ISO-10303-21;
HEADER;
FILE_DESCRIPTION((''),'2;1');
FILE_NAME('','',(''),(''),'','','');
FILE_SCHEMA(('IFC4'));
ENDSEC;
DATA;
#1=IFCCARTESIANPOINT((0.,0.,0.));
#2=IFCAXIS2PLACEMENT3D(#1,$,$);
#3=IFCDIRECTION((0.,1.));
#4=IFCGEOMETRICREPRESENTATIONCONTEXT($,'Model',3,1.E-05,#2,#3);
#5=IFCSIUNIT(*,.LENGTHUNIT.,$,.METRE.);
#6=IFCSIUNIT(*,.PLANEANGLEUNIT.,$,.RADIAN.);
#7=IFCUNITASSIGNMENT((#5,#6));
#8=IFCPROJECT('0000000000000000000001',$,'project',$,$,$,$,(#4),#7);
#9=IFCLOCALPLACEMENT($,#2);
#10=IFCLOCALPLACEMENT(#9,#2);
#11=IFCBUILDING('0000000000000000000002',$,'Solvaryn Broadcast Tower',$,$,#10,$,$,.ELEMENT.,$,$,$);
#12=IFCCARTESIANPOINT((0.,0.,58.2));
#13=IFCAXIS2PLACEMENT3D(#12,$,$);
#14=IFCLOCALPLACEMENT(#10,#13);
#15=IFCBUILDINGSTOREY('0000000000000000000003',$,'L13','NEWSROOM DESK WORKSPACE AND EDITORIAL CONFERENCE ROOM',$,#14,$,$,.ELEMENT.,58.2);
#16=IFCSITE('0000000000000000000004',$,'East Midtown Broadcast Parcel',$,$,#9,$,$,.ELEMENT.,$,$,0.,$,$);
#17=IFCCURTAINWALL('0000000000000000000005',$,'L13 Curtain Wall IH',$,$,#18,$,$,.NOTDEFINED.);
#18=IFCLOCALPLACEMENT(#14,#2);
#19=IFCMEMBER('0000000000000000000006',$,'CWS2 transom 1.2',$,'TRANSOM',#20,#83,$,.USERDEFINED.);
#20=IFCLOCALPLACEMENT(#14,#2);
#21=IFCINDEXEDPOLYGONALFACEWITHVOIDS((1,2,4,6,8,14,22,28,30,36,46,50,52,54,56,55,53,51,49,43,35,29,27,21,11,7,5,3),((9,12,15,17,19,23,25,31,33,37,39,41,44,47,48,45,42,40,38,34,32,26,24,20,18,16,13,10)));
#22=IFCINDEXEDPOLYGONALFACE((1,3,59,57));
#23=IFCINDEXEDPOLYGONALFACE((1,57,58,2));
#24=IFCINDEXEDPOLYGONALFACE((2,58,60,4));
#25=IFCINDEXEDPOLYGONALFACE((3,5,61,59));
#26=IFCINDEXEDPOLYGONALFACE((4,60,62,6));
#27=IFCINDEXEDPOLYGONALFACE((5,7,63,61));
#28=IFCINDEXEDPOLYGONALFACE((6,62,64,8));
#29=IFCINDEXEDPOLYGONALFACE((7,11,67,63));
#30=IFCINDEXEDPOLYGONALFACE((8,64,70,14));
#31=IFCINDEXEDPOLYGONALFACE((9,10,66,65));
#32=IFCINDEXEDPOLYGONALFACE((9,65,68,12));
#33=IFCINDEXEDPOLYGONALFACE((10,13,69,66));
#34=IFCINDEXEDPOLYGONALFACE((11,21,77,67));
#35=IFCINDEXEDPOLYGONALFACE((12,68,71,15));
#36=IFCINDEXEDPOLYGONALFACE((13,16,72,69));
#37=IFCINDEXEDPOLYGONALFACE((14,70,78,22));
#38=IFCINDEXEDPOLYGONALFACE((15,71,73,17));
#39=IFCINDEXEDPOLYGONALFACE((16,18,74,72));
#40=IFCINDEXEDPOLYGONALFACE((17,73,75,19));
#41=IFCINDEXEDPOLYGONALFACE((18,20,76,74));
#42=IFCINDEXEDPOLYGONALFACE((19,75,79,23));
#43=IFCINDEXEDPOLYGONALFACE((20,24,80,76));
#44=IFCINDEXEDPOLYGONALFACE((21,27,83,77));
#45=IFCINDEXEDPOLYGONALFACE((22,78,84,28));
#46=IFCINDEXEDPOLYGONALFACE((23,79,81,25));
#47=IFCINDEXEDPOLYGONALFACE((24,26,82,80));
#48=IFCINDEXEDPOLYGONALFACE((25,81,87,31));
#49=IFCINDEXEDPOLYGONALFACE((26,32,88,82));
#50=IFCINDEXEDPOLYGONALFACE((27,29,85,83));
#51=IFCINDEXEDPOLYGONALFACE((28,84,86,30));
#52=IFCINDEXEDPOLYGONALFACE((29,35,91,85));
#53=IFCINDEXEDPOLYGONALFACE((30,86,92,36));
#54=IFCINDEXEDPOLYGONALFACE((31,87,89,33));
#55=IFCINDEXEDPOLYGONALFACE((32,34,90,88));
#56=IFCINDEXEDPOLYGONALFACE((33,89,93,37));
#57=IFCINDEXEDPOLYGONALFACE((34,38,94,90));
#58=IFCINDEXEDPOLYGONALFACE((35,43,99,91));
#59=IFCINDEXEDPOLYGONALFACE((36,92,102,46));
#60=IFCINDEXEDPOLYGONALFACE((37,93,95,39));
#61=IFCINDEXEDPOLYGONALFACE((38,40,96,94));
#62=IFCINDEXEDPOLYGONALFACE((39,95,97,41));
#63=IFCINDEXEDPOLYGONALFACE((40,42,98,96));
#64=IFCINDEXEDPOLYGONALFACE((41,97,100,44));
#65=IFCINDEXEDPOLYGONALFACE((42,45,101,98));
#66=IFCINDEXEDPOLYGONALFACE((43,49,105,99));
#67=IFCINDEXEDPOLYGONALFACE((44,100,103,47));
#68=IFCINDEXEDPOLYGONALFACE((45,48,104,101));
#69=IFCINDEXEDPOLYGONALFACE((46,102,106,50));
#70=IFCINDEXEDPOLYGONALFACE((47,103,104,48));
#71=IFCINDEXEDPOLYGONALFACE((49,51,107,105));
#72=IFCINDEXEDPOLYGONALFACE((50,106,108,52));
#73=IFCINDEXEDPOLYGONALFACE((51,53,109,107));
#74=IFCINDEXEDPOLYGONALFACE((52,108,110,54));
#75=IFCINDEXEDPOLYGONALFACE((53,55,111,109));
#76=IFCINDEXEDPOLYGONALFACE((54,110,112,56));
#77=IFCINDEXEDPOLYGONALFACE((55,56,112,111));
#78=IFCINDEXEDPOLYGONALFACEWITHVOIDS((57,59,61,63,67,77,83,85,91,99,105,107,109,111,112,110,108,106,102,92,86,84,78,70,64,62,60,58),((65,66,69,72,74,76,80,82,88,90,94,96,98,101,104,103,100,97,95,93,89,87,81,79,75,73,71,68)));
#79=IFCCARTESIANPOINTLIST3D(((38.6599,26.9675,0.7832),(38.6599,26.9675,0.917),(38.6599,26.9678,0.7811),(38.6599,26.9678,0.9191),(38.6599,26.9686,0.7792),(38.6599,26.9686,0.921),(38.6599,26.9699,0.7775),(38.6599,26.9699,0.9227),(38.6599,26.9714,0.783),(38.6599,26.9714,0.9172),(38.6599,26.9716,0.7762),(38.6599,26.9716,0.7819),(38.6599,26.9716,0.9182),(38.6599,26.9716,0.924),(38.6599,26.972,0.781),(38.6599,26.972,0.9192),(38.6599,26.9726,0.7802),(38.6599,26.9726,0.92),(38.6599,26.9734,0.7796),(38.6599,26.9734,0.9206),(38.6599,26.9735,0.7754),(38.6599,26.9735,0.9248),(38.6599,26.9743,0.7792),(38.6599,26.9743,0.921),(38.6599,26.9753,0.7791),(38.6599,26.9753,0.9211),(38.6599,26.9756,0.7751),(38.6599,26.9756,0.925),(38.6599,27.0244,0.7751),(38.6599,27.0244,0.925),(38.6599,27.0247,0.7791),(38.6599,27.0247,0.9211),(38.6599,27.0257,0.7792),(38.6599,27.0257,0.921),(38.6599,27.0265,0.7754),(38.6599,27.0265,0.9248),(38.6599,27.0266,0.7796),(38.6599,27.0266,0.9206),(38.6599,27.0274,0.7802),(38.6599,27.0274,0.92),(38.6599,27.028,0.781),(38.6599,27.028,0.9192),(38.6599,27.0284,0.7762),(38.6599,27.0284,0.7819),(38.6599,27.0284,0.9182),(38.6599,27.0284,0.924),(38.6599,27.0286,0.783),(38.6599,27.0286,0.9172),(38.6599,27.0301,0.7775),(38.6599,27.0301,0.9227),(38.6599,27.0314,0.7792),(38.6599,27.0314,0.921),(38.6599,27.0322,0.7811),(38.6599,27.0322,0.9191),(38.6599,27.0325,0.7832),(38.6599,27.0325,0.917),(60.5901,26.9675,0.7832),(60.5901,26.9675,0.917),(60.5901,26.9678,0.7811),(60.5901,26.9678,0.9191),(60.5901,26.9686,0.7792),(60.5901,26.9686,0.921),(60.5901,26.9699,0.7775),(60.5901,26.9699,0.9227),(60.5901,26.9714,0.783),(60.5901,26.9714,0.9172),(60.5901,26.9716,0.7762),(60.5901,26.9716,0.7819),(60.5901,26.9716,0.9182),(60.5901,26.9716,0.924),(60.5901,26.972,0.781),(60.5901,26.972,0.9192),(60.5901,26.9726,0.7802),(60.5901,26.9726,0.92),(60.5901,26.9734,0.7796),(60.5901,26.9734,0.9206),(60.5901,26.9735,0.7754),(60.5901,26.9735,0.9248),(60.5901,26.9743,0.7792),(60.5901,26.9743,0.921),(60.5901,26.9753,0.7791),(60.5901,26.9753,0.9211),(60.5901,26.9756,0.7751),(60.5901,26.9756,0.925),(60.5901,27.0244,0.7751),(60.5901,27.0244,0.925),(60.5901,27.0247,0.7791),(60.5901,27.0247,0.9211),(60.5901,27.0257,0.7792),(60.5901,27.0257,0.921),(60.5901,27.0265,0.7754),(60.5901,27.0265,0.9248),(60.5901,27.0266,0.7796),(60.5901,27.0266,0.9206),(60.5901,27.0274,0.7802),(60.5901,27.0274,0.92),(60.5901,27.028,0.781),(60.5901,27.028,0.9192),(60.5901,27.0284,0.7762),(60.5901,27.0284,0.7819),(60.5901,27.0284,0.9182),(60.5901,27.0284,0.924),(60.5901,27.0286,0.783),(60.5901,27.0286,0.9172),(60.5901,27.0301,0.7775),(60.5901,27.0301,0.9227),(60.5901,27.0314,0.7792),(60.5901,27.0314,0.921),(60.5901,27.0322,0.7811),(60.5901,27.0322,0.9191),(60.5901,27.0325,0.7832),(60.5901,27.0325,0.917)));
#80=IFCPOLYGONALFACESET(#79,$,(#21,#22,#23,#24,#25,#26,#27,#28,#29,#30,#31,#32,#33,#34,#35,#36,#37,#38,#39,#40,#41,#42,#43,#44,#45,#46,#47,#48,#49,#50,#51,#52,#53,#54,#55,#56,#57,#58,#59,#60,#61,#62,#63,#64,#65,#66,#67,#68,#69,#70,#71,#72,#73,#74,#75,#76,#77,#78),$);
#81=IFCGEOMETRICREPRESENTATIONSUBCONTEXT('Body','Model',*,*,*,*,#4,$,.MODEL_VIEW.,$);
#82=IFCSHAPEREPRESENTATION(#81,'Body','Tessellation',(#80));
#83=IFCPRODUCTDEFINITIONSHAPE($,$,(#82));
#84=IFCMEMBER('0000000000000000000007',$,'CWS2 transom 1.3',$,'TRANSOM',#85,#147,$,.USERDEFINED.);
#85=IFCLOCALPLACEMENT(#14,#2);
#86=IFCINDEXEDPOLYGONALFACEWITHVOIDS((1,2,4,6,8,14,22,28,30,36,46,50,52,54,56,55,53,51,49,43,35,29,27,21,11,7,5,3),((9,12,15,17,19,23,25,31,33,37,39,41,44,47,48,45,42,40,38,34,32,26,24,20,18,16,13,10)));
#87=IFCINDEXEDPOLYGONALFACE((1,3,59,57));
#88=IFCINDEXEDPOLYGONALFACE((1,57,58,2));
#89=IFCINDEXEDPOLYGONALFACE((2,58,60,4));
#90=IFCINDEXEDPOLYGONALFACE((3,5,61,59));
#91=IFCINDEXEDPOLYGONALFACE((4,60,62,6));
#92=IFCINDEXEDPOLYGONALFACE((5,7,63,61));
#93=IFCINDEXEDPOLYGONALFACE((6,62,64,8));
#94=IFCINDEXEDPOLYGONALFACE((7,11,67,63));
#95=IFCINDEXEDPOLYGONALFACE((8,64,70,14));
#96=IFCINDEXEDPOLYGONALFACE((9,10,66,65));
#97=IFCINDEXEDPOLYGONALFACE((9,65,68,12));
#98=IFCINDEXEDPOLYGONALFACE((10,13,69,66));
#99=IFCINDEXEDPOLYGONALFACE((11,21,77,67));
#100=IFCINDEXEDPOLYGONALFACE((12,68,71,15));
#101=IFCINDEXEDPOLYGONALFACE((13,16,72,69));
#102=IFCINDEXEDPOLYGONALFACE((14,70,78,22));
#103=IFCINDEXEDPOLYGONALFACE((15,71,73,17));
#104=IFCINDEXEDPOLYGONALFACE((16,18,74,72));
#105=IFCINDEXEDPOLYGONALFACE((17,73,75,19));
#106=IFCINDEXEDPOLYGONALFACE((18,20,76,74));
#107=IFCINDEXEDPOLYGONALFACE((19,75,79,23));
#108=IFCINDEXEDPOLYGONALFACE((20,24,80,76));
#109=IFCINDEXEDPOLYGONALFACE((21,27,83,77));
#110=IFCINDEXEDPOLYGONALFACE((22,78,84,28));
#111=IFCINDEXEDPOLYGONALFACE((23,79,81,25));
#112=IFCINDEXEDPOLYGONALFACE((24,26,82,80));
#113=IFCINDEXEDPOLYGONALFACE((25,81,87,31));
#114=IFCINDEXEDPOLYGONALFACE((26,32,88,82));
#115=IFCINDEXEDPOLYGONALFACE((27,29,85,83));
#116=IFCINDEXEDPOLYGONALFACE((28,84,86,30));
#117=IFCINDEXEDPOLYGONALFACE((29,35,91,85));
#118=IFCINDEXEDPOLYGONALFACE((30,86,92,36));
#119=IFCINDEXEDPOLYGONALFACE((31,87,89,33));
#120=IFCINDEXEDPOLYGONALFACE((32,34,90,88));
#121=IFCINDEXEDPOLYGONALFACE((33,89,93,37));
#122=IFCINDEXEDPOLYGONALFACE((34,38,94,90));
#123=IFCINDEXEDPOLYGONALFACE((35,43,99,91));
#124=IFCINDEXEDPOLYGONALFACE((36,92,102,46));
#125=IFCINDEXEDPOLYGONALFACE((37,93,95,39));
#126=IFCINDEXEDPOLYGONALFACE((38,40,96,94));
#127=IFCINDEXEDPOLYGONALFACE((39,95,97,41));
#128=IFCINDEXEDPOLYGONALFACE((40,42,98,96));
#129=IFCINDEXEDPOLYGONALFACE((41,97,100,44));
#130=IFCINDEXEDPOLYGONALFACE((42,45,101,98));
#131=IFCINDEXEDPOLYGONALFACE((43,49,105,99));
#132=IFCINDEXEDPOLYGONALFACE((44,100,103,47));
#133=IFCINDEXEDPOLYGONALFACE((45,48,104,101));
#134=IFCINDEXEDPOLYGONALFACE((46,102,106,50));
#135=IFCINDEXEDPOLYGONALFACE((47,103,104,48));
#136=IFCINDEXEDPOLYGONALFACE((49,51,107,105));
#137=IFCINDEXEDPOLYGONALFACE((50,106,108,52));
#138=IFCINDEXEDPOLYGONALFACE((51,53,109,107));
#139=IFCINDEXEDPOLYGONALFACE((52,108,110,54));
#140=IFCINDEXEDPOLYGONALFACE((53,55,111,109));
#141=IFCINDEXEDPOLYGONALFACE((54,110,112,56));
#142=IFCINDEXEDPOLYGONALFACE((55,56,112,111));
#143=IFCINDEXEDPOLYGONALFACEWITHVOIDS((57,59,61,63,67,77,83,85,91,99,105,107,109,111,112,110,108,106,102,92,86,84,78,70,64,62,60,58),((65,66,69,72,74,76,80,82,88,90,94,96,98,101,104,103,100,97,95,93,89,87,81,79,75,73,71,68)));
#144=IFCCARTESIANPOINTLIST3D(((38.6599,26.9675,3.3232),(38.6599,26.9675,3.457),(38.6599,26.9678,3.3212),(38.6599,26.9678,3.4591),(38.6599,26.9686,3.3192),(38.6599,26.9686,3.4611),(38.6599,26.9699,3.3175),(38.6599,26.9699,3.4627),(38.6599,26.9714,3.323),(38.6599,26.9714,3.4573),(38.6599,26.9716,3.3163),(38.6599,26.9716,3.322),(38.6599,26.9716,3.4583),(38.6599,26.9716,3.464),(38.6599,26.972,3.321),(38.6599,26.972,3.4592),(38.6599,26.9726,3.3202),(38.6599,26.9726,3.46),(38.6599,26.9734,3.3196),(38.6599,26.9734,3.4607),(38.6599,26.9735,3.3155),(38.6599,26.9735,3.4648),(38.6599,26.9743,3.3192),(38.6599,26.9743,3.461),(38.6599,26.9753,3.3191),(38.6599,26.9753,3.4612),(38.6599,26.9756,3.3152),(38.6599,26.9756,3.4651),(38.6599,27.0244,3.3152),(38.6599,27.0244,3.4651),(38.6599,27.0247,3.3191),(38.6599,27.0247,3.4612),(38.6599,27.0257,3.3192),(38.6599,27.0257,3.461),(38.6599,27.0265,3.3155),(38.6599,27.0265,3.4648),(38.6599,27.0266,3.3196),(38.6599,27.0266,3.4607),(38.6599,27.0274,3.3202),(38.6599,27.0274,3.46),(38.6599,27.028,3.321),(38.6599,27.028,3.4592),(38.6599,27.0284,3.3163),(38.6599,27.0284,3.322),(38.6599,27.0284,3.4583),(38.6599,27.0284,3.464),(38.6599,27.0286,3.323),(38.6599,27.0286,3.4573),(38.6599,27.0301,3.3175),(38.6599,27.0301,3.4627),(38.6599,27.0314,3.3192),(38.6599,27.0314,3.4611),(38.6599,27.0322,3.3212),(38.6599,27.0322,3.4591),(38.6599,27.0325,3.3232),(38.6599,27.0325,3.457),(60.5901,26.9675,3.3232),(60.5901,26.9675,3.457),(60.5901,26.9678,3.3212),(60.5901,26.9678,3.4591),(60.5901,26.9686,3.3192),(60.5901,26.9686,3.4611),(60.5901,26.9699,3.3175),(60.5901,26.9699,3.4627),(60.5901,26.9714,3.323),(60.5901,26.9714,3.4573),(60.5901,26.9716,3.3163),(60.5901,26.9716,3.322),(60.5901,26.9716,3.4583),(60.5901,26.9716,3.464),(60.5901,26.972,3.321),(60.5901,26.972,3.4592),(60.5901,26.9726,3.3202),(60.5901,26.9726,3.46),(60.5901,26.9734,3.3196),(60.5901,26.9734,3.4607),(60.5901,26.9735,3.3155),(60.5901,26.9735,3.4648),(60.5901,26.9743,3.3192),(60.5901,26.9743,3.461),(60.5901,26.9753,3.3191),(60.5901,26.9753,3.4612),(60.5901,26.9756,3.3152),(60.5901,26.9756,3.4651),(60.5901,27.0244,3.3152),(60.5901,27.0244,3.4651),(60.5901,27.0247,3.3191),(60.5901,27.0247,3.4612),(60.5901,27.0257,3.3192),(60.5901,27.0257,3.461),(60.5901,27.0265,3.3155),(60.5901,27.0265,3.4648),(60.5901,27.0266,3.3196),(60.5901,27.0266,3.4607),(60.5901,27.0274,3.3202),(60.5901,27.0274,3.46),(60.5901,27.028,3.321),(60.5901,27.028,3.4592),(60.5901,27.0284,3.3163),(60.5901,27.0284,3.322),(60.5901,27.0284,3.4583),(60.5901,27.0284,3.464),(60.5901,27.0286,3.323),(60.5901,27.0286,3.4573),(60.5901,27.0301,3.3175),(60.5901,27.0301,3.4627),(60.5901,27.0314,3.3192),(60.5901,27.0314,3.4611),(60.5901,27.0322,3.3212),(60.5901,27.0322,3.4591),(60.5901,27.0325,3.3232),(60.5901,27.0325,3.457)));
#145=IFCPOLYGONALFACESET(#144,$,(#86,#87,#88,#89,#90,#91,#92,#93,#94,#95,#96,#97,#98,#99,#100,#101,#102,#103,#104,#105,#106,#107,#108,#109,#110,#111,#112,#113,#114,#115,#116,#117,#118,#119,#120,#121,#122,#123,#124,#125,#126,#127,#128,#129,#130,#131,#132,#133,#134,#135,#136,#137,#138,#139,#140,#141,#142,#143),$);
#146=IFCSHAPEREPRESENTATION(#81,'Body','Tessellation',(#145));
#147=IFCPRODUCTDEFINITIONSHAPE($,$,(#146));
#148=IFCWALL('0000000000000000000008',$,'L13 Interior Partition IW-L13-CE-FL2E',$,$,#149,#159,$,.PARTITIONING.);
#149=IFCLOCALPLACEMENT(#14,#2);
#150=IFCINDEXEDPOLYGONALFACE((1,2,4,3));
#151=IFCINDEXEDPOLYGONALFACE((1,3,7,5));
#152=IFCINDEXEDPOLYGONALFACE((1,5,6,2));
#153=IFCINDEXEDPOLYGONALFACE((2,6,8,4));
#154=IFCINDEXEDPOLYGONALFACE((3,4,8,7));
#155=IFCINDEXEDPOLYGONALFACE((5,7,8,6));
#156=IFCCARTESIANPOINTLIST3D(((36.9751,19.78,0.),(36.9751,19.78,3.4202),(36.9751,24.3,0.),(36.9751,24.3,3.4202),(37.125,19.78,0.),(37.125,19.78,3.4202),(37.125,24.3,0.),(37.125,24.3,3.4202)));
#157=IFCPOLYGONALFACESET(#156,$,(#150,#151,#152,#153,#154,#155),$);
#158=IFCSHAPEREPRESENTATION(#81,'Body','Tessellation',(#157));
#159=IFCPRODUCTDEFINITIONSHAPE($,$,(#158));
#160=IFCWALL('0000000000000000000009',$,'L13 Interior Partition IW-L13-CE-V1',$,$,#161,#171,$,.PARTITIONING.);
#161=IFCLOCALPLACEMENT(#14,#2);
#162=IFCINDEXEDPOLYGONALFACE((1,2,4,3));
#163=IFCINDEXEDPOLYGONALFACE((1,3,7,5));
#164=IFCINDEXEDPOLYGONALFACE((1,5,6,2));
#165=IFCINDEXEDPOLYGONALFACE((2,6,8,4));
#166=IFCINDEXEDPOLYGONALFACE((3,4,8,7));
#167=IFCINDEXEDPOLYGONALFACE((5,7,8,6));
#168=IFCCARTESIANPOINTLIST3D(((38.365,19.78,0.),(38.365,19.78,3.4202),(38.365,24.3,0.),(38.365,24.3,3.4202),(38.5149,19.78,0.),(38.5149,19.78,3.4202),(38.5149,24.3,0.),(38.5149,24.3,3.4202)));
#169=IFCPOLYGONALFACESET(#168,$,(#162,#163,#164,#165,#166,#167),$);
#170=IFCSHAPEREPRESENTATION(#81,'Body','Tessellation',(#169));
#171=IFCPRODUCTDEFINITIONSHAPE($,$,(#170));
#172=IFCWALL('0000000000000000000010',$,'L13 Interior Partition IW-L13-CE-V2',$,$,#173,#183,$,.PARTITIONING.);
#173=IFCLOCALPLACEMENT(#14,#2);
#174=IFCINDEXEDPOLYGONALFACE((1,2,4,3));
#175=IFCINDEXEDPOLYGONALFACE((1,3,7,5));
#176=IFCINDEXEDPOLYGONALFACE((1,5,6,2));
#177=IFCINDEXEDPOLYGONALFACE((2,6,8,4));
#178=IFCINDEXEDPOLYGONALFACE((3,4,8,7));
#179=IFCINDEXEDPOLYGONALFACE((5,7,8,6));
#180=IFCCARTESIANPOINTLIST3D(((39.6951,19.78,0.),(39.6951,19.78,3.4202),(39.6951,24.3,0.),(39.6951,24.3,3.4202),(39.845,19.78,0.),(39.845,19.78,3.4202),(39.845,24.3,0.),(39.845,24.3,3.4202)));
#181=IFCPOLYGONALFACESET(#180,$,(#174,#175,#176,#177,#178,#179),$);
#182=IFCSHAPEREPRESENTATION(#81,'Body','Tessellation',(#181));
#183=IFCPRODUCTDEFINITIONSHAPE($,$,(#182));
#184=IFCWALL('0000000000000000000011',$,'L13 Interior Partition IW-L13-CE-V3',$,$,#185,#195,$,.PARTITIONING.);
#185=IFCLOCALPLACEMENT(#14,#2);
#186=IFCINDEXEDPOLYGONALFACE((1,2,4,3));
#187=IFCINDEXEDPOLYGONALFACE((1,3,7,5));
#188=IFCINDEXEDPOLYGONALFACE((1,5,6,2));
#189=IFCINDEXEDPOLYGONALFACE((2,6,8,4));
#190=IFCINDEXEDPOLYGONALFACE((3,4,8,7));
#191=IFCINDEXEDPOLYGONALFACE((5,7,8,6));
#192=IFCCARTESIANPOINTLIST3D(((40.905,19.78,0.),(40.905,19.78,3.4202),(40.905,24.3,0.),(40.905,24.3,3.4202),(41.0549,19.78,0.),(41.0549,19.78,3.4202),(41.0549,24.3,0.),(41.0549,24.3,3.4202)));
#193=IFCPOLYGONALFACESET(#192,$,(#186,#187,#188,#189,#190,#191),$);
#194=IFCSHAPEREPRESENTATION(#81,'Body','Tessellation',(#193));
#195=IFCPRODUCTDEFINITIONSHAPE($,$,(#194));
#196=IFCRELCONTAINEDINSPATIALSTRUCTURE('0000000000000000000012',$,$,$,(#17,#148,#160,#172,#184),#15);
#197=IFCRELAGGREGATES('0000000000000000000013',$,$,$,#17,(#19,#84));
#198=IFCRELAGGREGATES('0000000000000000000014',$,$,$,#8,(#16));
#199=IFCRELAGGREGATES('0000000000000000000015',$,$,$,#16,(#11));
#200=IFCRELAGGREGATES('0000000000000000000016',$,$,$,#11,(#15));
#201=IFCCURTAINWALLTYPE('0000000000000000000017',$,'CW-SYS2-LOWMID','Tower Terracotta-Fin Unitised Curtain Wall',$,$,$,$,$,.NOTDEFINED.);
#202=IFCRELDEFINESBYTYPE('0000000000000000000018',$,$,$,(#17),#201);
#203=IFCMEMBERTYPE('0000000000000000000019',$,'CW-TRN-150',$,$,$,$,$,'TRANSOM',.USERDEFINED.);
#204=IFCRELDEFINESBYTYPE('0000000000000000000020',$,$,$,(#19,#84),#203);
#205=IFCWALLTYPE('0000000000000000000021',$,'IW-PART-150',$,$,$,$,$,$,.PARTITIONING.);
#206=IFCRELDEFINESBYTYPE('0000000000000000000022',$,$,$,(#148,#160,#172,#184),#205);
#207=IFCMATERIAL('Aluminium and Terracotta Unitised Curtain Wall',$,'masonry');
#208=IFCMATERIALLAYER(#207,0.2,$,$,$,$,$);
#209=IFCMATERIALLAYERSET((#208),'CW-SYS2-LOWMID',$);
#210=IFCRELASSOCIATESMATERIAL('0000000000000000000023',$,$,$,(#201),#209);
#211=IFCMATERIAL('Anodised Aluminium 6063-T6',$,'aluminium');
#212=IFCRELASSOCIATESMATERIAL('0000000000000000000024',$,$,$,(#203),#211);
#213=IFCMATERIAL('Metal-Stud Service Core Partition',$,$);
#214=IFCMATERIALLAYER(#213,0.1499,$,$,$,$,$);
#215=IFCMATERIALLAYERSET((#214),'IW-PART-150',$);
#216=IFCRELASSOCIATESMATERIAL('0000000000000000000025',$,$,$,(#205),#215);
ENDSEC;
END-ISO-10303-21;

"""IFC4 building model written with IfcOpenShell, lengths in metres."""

from ifc_helpers import new_model, si_unit, direction, frame, frame_2d, origin, origin_2d, place, context, subcontext, project, spatial, rectangle, hollow_rectangle, extrude, material, layer, layer_set, material_profile, profile_set, type_object, element, aggregate, save


model = new_model("IFC4")

# Units and contexts
model_context = context("Model", 3, precision=1e-05, world=origin(), true_north=direction((0.0, 1.0)))
body_context = subcontext(model_context, "Body", "Model", "MODEL_VIEW")
ifc_project = project(units=[si_unit("LENGTHUNIT", "METRE"), si_unit("PLANEANGLEUNIT", "RADIAN")], contexts=[model_context])

# Site, building, storey
site_placement = place(None, origin())
site = spatial("IfcSite", under=ifc_project, at=site_placement, Name="East Midtown Broadcast Parcel", CompositionType="ELEMENT", RefElevation=0.0)
building_placement = place(site_placement, origin())
building = spatial("IfcBuilding", under=site, at=building_placement, Name="Solvaryn Broadcast Tower", CompositionType="ELEMENT")
storey_placement = place(building_placement, frame((0.0, 0.0, 58.2)))
storey = spatial("IfcBuildingStorey", under=building, at=storey_placement, Name="L13", Description="NEWSROOM DESK WORKSPACE AND EDITORIAL CONFERENCE ROOM", CompositionType="ELEMENT", Elevation=58.2)

# Curtain wall
ifc_material_1 = material(Name="Aluminium and Terracotta Unitised Curtain Wall", Category="masonry")
ifc_layer_1 = layer(ifc_material_1, 0.2)
ifc_layer_set_1 = layer_set([ifc_layer_1], Name="CW-SYS2-LOWMID")
curtain_wall_type = type_object("IfcCurtainWallType", Name="CW-SYS2-LOWMID", Description="Tower Terracotta-Fin Unitised Curtain Wall", PredefinedType="NOTDEFINED", material=ifc_layer_set_1)
curtain_wall_1_placement = place(storey_placement, origin())
curtain_wall_1 = element("IfcCurtainWall", 1, at=curtain_wall_1_placement, inside=storey, type_object=curtain_wall_type, Name="L13 Curtain Wall IH", PredefinedType="NOTDEFINED")

# Members
ifc_material_2 = material(Name="Anodised Aluminium 6063-T6", Category="aluminium")
ifc_material_profile_1 = material_profile(ifc_material_2, hollow_rectangle(XDim=0.0649, YDim=0.1499, WallThickness=0.0039, InnerFilletRadius=0.0039, OuterFilletRadius=0.0081, at=origin_2d()))
ifc_profile_set_1 = profile_set([ifc_material_profile_1], Name="Anodised Aluminium 6063-T6")
member_type_1 = type_object("IfcMemberType", Name="CW-TRN-150", ElementType="TRANSOM", PredefinedType="USERDEFINED", material=ifc_profile_set_1)
member_1_placement = place(storey_placement, frame((38.6599, 27.0, 0.8501), z_axis=(1.0, 0.0, 0.0), x_axis=(0.0, 1.0, 0.0)))
member_1 = element("IfcMember", 2, at=member_1_placement, type_object=member_type_1, Name="CWS2 transom 1.2", ObjectType="TRANSOM", PredefinedType="USERDEFINED", context=body_context, shape_type="SweptSolid", body=[
    extrude(hollow_rectangle(XDim=0.0649, YDim=0.1499, WallThickness=0.0039, InnerFilletRadius=0.0039, OuterFilletRadius=0.0081, at=origin_2d()), origin(), (0.0, 0.0, 1.0), 21.9302),
])
member_2_placement = place(storey_placement, frame((38.6599, 27.0, 3.3901), z_axis=(1.0, 0.0, 0.0), x_axis=(0.0, 1.0, 0.0)))
member_2 = element("IfcMember", 3, at=member_2_placement, type_object=member_type_1, Name="CWS2 transom 1.3", ObjectType="TRANSOM", PredefinedType="USERDEFINED", context=body_context, shape_type="SweptSolid", body=[
    extrude(hollow_rectangle(XDim=0.0649, YDim=0.1499, WallThickness=0.0039, InnerFilletRadius=0.0039, OuterFilletRadius=0.0081, at=origin_2d()), origin(), (0.0, 0.0, 1.0), 21.9302),
])
aggregate(curtain_wall_1, [member_1, member_2])

# Walls
ifc_material_3 = material(Name="Metal-Stud Service Core Partition")
ifc_layer_2 = layer(ifc_material_3, 0.1499)
ifc_layer_set_2 = layer_set([ifc_layer_2], Name="IW-PART-150")
wall_type_1 = type_object("IfcWallType", Name="IW-PART-150", PredefinedType="PARTITIONING", material=ifc_layer_set_2)
for number, where, z_axis, x_axis, name in (
    (4, (37.05, 19.78, 0.0), (0.0, 0.0, 1.0), (0.0, 1.0, 0.0), "L13 Interior Partition IW-L13-CE-FL2E"),
    (5, (38.4399, 19.78, 0.0), (0.0, 0.0, 1.0), (0.0, 1.0, 0.0), "L13 Interior Partition IW-L13-CE-V1"),
    (6, (39.77, 19.78, 0.0), (0.0, 0.0, 1.0), (0.0, 1.0, 0.0), "L13 Interior Partition IW-L13-CE-V2"),
    (7, (40.98, 19.78, 0.0), (0.0, 0.0, 1.0), (0.0, 1.0, 0.0), "L13 Interior Partition IW-L13-CE-V3"),
):
    element("IfcWall", number, at=place(storey_placement, frame(where, z_axis=z_axis, x_axis=x_axis)), inside=storey, type_object=wall_type_1, Name=name, PredefinedType="PARTITIONING", context=body_context, shape_type="SweptSolid", body=[
        extrude(rectangle(XDim=4.52, YDim=0.1499, at=frame_2d((2.26, 0.0))), origin(), (0.0, 0.0, 1.0), 3.4202),
    ])

save(model, "model.ifc")
